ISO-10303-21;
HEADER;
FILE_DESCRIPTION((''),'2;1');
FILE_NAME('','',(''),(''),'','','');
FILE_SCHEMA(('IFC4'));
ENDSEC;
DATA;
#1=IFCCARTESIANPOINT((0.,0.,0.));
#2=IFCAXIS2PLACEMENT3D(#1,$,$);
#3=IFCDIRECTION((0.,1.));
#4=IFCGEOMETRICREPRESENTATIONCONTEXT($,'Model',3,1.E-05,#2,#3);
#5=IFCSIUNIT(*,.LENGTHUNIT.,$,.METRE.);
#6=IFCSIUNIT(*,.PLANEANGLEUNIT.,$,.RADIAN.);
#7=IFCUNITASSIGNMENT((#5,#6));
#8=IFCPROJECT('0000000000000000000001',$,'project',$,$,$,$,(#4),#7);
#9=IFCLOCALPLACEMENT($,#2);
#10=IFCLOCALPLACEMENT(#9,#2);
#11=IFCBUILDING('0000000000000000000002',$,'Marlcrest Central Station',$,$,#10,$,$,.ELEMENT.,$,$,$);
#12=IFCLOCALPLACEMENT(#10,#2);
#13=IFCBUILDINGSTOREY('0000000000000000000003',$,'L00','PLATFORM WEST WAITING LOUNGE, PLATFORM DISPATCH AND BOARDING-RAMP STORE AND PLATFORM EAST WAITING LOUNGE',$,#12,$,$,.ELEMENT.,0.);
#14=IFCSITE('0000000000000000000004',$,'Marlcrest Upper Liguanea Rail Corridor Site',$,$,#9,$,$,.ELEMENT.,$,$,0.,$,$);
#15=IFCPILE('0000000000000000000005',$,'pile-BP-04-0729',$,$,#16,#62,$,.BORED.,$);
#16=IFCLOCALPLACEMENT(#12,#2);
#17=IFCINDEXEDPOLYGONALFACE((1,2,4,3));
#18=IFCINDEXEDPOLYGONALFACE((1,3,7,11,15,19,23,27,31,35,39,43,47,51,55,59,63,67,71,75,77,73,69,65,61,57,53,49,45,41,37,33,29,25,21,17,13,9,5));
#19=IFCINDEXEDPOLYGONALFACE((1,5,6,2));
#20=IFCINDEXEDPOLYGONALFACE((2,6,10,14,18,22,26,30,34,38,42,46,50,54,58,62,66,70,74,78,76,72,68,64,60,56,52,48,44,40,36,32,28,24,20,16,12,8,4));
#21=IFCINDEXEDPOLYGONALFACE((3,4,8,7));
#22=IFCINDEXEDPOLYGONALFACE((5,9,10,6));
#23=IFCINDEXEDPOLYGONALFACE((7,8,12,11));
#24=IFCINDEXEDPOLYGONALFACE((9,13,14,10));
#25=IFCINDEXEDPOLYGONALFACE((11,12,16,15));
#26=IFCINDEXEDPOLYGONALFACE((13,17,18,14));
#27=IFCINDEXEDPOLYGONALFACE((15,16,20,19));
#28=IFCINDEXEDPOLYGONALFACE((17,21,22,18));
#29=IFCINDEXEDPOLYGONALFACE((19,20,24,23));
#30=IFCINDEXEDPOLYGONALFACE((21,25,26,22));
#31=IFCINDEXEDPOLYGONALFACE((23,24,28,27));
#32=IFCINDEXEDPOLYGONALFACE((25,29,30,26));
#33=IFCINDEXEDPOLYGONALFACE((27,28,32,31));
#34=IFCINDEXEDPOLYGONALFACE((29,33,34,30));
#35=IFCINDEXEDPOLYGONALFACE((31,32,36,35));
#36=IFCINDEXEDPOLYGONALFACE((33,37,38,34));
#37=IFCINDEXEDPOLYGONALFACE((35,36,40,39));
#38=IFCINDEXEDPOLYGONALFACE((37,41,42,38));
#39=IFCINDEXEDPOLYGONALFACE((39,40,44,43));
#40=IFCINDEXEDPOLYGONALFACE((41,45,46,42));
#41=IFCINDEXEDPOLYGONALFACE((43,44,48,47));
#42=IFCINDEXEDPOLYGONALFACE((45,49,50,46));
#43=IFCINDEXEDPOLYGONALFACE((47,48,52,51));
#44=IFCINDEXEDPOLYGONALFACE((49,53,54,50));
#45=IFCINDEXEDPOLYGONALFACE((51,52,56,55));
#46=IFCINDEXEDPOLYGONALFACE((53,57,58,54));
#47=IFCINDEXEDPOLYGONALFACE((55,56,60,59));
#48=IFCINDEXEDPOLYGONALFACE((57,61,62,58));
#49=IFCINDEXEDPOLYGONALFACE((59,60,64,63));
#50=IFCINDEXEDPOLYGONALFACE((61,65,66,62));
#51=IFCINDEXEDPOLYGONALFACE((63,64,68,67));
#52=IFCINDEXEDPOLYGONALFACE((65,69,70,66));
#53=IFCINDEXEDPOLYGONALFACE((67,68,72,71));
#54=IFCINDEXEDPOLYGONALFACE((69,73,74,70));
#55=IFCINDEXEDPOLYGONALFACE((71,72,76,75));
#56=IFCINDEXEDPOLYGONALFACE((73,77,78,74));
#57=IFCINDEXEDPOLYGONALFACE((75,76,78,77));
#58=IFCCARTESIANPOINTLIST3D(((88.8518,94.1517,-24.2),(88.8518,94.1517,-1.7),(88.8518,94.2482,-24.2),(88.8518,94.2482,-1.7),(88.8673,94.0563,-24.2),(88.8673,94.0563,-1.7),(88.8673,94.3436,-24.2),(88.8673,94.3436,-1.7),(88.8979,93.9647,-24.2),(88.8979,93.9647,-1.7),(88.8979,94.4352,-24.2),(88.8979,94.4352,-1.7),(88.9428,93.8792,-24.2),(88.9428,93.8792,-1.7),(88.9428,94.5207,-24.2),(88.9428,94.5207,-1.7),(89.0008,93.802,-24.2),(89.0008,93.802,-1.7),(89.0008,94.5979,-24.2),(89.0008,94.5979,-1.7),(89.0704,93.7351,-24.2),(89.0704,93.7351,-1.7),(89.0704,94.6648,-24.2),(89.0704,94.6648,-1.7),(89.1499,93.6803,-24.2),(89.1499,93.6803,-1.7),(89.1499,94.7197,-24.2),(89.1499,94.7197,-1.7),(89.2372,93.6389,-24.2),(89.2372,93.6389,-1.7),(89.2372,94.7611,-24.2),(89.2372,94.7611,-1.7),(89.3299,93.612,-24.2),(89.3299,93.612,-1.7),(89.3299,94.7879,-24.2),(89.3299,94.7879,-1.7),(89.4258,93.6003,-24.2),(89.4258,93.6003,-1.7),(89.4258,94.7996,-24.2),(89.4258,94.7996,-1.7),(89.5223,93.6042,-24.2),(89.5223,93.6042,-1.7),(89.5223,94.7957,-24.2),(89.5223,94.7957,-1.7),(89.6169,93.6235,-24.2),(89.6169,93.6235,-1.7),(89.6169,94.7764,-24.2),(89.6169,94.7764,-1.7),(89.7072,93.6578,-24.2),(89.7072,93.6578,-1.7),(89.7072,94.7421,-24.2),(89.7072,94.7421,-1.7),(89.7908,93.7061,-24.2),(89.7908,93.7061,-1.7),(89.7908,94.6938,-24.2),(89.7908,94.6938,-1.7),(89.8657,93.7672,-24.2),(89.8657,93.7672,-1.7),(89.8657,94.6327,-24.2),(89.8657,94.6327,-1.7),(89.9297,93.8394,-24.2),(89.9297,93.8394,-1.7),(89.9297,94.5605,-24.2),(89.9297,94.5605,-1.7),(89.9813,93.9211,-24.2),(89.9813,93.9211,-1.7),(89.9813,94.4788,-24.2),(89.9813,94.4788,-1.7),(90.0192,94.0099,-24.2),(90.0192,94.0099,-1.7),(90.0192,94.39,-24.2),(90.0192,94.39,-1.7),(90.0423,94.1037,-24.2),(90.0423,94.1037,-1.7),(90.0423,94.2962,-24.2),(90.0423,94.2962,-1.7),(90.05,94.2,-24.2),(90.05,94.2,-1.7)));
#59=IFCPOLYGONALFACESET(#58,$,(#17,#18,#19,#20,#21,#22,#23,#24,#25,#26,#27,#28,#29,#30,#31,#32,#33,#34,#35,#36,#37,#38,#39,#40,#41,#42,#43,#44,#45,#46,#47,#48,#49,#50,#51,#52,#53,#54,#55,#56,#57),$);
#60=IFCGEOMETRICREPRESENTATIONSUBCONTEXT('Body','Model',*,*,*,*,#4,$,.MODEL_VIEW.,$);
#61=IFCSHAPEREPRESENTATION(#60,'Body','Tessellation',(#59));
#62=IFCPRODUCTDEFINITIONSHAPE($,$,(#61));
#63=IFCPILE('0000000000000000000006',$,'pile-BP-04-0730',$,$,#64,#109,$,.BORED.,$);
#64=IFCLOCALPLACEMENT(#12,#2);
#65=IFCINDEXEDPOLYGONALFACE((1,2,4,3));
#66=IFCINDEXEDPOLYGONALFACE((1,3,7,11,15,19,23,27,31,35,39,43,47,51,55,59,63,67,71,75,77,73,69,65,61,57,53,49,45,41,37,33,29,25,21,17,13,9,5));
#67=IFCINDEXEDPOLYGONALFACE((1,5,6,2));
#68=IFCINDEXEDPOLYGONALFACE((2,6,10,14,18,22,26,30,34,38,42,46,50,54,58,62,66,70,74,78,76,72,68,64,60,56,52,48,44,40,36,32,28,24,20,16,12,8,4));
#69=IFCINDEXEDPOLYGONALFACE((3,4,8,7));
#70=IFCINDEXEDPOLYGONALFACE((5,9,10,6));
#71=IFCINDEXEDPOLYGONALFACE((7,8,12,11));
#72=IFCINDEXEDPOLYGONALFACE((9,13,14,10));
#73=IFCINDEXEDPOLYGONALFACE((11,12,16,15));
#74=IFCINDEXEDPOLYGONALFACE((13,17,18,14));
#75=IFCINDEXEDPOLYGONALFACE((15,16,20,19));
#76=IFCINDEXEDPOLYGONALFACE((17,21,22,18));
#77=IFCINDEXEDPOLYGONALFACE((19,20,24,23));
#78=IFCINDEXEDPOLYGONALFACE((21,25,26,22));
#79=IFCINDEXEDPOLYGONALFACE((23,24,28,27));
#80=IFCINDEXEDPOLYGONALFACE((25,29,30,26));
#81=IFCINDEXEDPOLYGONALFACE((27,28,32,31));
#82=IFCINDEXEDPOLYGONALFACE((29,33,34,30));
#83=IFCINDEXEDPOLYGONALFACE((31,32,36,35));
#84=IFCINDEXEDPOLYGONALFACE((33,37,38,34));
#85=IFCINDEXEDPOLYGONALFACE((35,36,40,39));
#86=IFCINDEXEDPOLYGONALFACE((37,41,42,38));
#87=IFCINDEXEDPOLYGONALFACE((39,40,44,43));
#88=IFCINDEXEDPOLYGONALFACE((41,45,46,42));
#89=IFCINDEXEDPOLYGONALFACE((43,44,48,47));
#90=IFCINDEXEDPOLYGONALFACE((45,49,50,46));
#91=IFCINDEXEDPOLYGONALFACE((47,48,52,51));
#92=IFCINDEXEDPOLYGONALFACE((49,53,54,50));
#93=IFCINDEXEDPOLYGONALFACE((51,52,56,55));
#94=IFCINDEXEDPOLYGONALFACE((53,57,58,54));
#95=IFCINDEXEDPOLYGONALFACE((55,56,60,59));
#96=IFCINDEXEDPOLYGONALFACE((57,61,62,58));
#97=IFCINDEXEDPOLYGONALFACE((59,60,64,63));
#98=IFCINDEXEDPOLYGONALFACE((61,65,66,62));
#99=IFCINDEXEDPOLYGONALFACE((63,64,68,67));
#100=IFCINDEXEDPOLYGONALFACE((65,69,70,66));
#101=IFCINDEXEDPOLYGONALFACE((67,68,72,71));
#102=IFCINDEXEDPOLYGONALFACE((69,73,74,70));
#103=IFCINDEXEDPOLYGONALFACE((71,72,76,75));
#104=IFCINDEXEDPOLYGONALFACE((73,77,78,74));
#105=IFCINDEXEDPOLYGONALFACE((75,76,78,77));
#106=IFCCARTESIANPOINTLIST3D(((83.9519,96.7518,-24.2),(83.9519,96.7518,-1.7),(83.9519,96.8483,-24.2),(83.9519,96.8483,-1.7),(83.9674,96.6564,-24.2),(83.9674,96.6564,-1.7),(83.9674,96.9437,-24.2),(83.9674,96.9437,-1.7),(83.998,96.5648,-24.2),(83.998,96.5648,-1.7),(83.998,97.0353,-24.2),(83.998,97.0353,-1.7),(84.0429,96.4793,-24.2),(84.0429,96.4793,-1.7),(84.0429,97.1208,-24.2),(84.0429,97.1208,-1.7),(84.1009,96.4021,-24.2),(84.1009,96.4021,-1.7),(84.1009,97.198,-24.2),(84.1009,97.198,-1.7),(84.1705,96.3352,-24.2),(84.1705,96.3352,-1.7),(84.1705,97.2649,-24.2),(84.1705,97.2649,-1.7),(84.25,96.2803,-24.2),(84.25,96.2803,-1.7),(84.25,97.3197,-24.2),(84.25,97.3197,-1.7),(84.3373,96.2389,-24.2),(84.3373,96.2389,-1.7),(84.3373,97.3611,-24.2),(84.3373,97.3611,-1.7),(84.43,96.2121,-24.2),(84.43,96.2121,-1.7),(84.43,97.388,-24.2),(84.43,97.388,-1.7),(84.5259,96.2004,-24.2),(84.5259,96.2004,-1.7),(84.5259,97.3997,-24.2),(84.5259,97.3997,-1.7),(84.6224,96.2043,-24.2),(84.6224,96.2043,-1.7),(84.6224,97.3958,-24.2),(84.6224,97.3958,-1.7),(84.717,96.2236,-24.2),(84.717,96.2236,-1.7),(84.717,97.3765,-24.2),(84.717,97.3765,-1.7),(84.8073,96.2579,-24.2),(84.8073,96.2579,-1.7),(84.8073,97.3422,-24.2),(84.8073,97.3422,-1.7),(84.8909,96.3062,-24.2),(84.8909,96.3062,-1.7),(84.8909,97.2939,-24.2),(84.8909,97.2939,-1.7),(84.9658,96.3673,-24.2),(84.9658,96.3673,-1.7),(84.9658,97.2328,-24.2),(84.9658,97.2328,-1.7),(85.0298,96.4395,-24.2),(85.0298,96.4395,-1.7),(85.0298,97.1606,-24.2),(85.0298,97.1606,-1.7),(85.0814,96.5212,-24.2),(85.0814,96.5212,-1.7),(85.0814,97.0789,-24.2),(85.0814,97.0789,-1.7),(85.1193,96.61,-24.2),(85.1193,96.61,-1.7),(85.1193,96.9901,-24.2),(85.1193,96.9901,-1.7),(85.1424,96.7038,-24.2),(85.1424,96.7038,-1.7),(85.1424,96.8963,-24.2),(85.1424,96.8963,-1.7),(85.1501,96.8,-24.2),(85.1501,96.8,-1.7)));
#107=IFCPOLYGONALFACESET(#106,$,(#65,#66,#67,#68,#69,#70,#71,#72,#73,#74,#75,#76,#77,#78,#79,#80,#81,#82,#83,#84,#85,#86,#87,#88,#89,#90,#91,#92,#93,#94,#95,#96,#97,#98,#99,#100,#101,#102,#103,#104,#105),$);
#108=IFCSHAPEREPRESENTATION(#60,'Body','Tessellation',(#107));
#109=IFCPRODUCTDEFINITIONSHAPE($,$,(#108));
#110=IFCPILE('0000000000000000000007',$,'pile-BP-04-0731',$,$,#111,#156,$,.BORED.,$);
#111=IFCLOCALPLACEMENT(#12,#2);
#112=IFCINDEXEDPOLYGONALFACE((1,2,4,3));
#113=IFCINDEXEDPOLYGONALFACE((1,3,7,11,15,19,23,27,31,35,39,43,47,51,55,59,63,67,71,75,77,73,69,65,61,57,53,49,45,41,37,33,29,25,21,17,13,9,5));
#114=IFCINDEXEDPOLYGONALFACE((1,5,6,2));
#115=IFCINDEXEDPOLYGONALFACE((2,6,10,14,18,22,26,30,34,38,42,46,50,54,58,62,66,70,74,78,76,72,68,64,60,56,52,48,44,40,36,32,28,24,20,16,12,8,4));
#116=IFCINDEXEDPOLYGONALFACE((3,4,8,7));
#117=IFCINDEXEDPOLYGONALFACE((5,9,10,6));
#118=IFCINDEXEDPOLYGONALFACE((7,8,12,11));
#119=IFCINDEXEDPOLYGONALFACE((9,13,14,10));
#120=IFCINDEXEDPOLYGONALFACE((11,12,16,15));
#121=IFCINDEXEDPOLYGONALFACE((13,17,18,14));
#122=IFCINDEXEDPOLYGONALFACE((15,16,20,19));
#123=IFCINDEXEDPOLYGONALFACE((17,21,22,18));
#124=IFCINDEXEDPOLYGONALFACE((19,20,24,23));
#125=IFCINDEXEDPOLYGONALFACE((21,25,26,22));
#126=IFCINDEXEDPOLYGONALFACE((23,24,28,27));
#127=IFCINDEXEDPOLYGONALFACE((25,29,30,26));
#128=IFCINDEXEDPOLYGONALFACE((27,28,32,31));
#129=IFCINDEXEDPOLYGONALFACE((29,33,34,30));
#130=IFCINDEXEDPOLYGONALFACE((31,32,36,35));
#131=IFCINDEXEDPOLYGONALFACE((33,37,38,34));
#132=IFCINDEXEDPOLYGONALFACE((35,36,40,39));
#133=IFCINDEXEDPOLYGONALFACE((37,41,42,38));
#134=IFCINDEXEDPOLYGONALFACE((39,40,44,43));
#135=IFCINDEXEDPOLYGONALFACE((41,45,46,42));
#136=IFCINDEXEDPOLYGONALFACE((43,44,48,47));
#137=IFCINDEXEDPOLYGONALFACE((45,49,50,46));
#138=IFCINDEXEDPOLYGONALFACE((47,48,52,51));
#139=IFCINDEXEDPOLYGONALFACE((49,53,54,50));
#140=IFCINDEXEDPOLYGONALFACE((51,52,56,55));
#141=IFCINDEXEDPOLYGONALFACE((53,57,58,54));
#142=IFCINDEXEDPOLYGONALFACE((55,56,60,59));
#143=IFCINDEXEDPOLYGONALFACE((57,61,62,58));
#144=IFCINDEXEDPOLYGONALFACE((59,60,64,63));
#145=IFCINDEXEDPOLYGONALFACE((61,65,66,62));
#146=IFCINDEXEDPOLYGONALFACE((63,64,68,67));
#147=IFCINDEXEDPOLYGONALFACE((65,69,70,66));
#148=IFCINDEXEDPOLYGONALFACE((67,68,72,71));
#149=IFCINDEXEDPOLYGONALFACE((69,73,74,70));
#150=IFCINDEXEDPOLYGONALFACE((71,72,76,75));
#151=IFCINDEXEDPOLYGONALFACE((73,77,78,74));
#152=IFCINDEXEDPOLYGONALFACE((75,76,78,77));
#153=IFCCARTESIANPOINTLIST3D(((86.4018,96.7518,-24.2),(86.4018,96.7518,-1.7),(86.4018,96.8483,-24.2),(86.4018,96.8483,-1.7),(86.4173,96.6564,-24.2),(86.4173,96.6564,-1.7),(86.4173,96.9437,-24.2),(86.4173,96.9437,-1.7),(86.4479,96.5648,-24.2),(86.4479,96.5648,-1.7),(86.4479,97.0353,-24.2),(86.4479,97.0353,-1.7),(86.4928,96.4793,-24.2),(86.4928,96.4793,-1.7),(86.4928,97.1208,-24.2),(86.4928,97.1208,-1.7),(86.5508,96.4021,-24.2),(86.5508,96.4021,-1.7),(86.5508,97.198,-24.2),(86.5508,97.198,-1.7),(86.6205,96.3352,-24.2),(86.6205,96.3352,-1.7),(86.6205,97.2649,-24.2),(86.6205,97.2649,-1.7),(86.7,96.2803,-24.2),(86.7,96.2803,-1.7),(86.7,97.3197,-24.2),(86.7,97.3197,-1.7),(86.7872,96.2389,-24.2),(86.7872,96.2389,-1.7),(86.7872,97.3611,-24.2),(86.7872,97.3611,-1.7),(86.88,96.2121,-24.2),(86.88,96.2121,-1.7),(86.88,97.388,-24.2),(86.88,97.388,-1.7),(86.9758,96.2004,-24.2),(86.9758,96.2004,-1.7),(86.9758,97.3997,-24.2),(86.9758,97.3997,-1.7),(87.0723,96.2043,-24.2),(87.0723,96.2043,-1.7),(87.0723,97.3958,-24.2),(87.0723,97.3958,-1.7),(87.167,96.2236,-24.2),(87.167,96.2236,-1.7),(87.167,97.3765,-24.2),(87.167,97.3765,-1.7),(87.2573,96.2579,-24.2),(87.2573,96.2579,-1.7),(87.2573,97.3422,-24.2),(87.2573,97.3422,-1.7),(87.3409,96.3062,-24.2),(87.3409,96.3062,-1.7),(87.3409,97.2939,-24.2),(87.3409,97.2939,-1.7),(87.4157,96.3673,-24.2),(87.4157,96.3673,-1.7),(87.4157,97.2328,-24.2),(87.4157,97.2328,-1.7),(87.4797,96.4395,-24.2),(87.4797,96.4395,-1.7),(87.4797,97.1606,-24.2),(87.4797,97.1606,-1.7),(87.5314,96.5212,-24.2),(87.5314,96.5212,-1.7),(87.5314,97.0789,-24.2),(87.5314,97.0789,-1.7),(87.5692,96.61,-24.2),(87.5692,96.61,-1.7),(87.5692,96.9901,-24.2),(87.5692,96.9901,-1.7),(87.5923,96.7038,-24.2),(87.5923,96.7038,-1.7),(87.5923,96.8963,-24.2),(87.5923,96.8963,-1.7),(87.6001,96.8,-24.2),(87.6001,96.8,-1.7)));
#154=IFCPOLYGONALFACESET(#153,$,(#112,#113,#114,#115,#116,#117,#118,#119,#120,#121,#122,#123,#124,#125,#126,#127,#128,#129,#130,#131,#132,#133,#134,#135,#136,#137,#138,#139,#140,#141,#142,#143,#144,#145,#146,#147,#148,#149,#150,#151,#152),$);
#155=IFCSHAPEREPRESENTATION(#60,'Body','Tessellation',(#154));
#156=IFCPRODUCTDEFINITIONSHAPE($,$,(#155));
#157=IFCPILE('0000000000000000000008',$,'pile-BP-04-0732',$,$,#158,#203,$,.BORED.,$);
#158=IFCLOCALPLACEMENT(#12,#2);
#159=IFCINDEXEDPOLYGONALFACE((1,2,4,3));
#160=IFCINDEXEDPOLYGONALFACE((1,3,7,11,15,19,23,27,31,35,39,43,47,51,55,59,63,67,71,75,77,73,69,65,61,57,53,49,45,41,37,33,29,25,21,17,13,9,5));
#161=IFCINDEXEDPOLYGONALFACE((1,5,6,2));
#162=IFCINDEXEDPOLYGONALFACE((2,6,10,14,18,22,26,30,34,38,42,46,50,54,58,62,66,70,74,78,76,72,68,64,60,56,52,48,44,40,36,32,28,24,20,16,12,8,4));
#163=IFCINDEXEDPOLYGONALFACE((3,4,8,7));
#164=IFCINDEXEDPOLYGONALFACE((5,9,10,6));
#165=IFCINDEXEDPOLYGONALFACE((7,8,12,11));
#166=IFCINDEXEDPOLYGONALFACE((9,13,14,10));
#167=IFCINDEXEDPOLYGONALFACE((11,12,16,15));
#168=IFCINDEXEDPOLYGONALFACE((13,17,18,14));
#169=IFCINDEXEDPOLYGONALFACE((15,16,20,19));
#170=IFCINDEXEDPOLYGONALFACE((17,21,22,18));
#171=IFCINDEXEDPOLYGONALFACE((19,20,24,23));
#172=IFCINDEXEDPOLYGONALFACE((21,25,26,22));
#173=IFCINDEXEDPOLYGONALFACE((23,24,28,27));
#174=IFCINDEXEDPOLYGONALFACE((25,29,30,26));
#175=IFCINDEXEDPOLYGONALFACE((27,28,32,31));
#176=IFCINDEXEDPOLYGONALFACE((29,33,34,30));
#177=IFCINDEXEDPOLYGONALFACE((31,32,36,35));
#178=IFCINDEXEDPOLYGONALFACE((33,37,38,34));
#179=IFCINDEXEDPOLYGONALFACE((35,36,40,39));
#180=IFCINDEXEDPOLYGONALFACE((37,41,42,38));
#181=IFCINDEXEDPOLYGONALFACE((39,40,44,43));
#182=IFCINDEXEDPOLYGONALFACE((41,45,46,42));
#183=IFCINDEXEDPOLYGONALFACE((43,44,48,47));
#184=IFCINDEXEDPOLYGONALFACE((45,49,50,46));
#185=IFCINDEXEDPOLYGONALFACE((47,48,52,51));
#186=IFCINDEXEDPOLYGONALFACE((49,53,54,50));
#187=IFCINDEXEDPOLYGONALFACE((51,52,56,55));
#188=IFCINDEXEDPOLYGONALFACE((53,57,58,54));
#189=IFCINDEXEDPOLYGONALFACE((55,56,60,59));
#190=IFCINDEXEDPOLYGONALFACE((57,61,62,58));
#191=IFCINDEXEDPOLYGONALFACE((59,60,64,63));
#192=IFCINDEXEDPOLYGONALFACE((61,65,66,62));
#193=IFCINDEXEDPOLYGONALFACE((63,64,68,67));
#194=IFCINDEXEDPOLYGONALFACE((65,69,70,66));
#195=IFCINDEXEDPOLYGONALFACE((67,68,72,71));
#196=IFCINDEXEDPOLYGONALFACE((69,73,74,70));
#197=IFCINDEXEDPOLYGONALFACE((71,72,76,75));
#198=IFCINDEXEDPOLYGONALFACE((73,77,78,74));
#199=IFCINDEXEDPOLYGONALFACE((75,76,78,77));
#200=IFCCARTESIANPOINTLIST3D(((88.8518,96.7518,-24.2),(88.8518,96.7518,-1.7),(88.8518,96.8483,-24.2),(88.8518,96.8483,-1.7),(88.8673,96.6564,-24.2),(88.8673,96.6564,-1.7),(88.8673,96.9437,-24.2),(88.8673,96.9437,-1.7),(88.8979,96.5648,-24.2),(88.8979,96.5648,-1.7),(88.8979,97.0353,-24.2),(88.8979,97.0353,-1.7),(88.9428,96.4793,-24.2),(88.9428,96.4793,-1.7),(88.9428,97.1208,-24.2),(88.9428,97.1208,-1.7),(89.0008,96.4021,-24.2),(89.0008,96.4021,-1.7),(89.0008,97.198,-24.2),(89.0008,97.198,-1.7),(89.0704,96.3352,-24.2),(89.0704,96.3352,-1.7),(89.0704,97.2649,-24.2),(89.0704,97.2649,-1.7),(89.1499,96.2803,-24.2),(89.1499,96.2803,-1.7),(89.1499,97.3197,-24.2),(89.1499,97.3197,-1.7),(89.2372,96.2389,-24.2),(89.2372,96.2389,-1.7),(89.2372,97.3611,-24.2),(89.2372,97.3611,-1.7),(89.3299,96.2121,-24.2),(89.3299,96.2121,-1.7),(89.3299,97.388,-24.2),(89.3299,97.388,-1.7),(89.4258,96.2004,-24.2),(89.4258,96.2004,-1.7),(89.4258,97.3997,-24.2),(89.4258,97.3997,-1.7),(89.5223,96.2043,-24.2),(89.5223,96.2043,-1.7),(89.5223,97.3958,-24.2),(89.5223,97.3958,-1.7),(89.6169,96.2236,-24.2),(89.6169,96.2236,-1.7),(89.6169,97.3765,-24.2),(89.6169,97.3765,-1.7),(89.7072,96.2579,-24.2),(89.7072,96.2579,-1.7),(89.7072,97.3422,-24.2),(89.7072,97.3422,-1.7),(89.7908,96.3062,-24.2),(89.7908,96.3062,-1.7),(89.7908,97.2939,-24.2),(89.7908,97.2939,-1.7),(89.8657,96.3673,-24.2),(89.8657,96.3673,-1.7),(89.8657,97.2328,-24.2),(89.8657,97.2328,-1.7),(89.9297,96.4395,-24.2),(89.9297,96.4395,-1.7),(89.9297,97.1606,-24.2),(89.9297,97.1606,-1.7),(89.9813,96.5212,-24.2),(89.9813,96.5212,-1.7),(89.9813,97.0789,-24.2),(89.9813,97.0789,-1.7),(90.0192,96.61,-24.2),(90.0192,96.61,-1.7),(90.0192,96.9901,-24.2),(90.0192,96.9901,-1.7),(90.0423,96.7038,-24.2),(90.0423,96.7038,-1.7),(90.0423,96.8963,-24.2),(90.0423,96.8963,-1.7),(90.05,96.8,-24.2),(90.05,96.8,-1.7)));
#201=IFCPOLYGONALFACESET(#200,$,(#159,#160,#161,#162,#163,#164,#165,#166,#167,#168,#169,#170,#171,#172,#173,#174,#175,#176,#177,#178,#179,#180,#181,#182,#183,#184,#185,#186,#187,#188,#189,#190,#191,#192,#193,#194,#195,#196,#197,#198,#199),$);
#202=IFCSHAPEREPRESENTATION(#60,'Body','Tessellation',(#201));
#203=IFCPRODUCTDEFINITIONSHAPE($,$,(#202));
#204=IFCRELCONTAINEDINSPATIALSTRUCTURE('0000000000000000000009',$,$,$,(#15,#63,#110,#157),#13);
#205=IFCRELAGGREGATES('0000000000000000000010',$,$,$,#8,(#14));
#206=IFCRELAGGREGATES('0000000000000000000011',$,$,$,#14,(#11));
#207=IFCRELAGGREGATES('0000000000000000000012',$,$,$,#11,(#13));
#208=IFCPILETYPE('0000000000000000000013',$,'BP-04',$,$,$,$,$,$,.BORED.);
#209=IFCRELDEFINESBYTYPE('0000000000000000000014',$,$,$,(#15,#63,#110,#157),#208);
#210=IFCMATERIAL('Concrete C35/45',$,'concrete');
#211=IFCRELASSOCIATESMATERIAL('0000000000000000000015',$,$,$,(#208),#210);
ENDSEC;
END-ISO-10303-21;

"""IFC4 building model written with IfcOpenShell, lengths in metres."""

from ifc_helpers import new_model, si_unit, direction, frame, origin, origin_2d, place, context, subcontext, project, spatial, circle, extrude, material, material_profile, profile_set, type_object, element, save


model = new_model("IFC4")

# Units and contexts
model_context = context("Model", 3, precision=1e-05, world=origin(), true_north=direction((0.0, 1.0)))
body_context = subcontext(model_context, "Body", "Model", "MODEL_VIEW")
ifc_project = project(units=[si_unit("LENGTHUNIT", "METRE"), si_unit("PLANEANGLEUNIT", "RADIAN")], contexts=[model_context])

# Site, building, storey
site_placement = place(None, origin())
site = spatial("IfcSite", under=ifc_project, at=site_placement, Name="Marlcrest Upper Liguanea Rail Corridor Site", CompositionType="ELEMENT", RefElevation=0.0)
building_placement = place(site_placement, origin())
building = spatial("IfcBuilding", under=site, at=building_placement, Name="Marlcrest Central Station", CompositionType="ELEMENT")
storey_placement = place(building_placement, origin())
storey = spatial("IfcBuildingStorey", under=building, at=storey_placement, Name="L00", Description="PLATFORM WEST WAITING LOUNGE, PLATFORM DISPATCH AND BOARDING-RAMP STORE AND PLATFORM EAST WAITING LOUNGE", CompositionType="ELEMENT", Elevation=0.0)

# Piles
ifc_material_1 = material(Name="Concrete C35/45", Category="concrete")
ifc_material_profile_1 = material_profile(ifc_material_1, circle(Radius=0.6001, at=origin_2d()), Name="PILE D1200")
ifc_profile_set_1 = profile_set([ifc_material_profile_1], Name="Concrete C35/45")
pile_type_1 = type_object("IfcPileType", Name="BP-04", PredefinedType="BORED", material=ifc_profile_set_1)
for number, where, z_axis, x_axis, name in (
    (1, (89.45, 94.2, -1.7), (0.0, 0.0, -1.0), (1.0, 0.0, 0.0), "pile-BP-04-0729"),
    (2, (84.55, 96.8, -1.7), (0.0, 0.0, -1.0), (1.0, 0.0, 0.0), "pile-BP-04-0730"),
    (3, (87.0, 96.8, -1.7), (0.0, 0.0, -1.0), (1.0, 0.0, 0.0), "pile-BP-04-0731"),
    (4, (89.45, 96.8, -1.7), (0.0, 0.0, -1.0), (1.0, 0.0, 0.0), "pile-BP-04-0732"),
):
    element("IfcPile", number, at=place(storey_placement, frame(where, z_axis=z_axis, x_axis=x_axis)), inside=storey, type_object=pile_type_1, Name=name, PredefinedType="BORED", context=body_context, shape_type="SweptSolid", body=[
        extrude(circle(Radius=0.6001, at=origin_2d()), origin(), (0.0, 0.0, 1.0), 22.5),
    ])

save(model, "model.ifc")
